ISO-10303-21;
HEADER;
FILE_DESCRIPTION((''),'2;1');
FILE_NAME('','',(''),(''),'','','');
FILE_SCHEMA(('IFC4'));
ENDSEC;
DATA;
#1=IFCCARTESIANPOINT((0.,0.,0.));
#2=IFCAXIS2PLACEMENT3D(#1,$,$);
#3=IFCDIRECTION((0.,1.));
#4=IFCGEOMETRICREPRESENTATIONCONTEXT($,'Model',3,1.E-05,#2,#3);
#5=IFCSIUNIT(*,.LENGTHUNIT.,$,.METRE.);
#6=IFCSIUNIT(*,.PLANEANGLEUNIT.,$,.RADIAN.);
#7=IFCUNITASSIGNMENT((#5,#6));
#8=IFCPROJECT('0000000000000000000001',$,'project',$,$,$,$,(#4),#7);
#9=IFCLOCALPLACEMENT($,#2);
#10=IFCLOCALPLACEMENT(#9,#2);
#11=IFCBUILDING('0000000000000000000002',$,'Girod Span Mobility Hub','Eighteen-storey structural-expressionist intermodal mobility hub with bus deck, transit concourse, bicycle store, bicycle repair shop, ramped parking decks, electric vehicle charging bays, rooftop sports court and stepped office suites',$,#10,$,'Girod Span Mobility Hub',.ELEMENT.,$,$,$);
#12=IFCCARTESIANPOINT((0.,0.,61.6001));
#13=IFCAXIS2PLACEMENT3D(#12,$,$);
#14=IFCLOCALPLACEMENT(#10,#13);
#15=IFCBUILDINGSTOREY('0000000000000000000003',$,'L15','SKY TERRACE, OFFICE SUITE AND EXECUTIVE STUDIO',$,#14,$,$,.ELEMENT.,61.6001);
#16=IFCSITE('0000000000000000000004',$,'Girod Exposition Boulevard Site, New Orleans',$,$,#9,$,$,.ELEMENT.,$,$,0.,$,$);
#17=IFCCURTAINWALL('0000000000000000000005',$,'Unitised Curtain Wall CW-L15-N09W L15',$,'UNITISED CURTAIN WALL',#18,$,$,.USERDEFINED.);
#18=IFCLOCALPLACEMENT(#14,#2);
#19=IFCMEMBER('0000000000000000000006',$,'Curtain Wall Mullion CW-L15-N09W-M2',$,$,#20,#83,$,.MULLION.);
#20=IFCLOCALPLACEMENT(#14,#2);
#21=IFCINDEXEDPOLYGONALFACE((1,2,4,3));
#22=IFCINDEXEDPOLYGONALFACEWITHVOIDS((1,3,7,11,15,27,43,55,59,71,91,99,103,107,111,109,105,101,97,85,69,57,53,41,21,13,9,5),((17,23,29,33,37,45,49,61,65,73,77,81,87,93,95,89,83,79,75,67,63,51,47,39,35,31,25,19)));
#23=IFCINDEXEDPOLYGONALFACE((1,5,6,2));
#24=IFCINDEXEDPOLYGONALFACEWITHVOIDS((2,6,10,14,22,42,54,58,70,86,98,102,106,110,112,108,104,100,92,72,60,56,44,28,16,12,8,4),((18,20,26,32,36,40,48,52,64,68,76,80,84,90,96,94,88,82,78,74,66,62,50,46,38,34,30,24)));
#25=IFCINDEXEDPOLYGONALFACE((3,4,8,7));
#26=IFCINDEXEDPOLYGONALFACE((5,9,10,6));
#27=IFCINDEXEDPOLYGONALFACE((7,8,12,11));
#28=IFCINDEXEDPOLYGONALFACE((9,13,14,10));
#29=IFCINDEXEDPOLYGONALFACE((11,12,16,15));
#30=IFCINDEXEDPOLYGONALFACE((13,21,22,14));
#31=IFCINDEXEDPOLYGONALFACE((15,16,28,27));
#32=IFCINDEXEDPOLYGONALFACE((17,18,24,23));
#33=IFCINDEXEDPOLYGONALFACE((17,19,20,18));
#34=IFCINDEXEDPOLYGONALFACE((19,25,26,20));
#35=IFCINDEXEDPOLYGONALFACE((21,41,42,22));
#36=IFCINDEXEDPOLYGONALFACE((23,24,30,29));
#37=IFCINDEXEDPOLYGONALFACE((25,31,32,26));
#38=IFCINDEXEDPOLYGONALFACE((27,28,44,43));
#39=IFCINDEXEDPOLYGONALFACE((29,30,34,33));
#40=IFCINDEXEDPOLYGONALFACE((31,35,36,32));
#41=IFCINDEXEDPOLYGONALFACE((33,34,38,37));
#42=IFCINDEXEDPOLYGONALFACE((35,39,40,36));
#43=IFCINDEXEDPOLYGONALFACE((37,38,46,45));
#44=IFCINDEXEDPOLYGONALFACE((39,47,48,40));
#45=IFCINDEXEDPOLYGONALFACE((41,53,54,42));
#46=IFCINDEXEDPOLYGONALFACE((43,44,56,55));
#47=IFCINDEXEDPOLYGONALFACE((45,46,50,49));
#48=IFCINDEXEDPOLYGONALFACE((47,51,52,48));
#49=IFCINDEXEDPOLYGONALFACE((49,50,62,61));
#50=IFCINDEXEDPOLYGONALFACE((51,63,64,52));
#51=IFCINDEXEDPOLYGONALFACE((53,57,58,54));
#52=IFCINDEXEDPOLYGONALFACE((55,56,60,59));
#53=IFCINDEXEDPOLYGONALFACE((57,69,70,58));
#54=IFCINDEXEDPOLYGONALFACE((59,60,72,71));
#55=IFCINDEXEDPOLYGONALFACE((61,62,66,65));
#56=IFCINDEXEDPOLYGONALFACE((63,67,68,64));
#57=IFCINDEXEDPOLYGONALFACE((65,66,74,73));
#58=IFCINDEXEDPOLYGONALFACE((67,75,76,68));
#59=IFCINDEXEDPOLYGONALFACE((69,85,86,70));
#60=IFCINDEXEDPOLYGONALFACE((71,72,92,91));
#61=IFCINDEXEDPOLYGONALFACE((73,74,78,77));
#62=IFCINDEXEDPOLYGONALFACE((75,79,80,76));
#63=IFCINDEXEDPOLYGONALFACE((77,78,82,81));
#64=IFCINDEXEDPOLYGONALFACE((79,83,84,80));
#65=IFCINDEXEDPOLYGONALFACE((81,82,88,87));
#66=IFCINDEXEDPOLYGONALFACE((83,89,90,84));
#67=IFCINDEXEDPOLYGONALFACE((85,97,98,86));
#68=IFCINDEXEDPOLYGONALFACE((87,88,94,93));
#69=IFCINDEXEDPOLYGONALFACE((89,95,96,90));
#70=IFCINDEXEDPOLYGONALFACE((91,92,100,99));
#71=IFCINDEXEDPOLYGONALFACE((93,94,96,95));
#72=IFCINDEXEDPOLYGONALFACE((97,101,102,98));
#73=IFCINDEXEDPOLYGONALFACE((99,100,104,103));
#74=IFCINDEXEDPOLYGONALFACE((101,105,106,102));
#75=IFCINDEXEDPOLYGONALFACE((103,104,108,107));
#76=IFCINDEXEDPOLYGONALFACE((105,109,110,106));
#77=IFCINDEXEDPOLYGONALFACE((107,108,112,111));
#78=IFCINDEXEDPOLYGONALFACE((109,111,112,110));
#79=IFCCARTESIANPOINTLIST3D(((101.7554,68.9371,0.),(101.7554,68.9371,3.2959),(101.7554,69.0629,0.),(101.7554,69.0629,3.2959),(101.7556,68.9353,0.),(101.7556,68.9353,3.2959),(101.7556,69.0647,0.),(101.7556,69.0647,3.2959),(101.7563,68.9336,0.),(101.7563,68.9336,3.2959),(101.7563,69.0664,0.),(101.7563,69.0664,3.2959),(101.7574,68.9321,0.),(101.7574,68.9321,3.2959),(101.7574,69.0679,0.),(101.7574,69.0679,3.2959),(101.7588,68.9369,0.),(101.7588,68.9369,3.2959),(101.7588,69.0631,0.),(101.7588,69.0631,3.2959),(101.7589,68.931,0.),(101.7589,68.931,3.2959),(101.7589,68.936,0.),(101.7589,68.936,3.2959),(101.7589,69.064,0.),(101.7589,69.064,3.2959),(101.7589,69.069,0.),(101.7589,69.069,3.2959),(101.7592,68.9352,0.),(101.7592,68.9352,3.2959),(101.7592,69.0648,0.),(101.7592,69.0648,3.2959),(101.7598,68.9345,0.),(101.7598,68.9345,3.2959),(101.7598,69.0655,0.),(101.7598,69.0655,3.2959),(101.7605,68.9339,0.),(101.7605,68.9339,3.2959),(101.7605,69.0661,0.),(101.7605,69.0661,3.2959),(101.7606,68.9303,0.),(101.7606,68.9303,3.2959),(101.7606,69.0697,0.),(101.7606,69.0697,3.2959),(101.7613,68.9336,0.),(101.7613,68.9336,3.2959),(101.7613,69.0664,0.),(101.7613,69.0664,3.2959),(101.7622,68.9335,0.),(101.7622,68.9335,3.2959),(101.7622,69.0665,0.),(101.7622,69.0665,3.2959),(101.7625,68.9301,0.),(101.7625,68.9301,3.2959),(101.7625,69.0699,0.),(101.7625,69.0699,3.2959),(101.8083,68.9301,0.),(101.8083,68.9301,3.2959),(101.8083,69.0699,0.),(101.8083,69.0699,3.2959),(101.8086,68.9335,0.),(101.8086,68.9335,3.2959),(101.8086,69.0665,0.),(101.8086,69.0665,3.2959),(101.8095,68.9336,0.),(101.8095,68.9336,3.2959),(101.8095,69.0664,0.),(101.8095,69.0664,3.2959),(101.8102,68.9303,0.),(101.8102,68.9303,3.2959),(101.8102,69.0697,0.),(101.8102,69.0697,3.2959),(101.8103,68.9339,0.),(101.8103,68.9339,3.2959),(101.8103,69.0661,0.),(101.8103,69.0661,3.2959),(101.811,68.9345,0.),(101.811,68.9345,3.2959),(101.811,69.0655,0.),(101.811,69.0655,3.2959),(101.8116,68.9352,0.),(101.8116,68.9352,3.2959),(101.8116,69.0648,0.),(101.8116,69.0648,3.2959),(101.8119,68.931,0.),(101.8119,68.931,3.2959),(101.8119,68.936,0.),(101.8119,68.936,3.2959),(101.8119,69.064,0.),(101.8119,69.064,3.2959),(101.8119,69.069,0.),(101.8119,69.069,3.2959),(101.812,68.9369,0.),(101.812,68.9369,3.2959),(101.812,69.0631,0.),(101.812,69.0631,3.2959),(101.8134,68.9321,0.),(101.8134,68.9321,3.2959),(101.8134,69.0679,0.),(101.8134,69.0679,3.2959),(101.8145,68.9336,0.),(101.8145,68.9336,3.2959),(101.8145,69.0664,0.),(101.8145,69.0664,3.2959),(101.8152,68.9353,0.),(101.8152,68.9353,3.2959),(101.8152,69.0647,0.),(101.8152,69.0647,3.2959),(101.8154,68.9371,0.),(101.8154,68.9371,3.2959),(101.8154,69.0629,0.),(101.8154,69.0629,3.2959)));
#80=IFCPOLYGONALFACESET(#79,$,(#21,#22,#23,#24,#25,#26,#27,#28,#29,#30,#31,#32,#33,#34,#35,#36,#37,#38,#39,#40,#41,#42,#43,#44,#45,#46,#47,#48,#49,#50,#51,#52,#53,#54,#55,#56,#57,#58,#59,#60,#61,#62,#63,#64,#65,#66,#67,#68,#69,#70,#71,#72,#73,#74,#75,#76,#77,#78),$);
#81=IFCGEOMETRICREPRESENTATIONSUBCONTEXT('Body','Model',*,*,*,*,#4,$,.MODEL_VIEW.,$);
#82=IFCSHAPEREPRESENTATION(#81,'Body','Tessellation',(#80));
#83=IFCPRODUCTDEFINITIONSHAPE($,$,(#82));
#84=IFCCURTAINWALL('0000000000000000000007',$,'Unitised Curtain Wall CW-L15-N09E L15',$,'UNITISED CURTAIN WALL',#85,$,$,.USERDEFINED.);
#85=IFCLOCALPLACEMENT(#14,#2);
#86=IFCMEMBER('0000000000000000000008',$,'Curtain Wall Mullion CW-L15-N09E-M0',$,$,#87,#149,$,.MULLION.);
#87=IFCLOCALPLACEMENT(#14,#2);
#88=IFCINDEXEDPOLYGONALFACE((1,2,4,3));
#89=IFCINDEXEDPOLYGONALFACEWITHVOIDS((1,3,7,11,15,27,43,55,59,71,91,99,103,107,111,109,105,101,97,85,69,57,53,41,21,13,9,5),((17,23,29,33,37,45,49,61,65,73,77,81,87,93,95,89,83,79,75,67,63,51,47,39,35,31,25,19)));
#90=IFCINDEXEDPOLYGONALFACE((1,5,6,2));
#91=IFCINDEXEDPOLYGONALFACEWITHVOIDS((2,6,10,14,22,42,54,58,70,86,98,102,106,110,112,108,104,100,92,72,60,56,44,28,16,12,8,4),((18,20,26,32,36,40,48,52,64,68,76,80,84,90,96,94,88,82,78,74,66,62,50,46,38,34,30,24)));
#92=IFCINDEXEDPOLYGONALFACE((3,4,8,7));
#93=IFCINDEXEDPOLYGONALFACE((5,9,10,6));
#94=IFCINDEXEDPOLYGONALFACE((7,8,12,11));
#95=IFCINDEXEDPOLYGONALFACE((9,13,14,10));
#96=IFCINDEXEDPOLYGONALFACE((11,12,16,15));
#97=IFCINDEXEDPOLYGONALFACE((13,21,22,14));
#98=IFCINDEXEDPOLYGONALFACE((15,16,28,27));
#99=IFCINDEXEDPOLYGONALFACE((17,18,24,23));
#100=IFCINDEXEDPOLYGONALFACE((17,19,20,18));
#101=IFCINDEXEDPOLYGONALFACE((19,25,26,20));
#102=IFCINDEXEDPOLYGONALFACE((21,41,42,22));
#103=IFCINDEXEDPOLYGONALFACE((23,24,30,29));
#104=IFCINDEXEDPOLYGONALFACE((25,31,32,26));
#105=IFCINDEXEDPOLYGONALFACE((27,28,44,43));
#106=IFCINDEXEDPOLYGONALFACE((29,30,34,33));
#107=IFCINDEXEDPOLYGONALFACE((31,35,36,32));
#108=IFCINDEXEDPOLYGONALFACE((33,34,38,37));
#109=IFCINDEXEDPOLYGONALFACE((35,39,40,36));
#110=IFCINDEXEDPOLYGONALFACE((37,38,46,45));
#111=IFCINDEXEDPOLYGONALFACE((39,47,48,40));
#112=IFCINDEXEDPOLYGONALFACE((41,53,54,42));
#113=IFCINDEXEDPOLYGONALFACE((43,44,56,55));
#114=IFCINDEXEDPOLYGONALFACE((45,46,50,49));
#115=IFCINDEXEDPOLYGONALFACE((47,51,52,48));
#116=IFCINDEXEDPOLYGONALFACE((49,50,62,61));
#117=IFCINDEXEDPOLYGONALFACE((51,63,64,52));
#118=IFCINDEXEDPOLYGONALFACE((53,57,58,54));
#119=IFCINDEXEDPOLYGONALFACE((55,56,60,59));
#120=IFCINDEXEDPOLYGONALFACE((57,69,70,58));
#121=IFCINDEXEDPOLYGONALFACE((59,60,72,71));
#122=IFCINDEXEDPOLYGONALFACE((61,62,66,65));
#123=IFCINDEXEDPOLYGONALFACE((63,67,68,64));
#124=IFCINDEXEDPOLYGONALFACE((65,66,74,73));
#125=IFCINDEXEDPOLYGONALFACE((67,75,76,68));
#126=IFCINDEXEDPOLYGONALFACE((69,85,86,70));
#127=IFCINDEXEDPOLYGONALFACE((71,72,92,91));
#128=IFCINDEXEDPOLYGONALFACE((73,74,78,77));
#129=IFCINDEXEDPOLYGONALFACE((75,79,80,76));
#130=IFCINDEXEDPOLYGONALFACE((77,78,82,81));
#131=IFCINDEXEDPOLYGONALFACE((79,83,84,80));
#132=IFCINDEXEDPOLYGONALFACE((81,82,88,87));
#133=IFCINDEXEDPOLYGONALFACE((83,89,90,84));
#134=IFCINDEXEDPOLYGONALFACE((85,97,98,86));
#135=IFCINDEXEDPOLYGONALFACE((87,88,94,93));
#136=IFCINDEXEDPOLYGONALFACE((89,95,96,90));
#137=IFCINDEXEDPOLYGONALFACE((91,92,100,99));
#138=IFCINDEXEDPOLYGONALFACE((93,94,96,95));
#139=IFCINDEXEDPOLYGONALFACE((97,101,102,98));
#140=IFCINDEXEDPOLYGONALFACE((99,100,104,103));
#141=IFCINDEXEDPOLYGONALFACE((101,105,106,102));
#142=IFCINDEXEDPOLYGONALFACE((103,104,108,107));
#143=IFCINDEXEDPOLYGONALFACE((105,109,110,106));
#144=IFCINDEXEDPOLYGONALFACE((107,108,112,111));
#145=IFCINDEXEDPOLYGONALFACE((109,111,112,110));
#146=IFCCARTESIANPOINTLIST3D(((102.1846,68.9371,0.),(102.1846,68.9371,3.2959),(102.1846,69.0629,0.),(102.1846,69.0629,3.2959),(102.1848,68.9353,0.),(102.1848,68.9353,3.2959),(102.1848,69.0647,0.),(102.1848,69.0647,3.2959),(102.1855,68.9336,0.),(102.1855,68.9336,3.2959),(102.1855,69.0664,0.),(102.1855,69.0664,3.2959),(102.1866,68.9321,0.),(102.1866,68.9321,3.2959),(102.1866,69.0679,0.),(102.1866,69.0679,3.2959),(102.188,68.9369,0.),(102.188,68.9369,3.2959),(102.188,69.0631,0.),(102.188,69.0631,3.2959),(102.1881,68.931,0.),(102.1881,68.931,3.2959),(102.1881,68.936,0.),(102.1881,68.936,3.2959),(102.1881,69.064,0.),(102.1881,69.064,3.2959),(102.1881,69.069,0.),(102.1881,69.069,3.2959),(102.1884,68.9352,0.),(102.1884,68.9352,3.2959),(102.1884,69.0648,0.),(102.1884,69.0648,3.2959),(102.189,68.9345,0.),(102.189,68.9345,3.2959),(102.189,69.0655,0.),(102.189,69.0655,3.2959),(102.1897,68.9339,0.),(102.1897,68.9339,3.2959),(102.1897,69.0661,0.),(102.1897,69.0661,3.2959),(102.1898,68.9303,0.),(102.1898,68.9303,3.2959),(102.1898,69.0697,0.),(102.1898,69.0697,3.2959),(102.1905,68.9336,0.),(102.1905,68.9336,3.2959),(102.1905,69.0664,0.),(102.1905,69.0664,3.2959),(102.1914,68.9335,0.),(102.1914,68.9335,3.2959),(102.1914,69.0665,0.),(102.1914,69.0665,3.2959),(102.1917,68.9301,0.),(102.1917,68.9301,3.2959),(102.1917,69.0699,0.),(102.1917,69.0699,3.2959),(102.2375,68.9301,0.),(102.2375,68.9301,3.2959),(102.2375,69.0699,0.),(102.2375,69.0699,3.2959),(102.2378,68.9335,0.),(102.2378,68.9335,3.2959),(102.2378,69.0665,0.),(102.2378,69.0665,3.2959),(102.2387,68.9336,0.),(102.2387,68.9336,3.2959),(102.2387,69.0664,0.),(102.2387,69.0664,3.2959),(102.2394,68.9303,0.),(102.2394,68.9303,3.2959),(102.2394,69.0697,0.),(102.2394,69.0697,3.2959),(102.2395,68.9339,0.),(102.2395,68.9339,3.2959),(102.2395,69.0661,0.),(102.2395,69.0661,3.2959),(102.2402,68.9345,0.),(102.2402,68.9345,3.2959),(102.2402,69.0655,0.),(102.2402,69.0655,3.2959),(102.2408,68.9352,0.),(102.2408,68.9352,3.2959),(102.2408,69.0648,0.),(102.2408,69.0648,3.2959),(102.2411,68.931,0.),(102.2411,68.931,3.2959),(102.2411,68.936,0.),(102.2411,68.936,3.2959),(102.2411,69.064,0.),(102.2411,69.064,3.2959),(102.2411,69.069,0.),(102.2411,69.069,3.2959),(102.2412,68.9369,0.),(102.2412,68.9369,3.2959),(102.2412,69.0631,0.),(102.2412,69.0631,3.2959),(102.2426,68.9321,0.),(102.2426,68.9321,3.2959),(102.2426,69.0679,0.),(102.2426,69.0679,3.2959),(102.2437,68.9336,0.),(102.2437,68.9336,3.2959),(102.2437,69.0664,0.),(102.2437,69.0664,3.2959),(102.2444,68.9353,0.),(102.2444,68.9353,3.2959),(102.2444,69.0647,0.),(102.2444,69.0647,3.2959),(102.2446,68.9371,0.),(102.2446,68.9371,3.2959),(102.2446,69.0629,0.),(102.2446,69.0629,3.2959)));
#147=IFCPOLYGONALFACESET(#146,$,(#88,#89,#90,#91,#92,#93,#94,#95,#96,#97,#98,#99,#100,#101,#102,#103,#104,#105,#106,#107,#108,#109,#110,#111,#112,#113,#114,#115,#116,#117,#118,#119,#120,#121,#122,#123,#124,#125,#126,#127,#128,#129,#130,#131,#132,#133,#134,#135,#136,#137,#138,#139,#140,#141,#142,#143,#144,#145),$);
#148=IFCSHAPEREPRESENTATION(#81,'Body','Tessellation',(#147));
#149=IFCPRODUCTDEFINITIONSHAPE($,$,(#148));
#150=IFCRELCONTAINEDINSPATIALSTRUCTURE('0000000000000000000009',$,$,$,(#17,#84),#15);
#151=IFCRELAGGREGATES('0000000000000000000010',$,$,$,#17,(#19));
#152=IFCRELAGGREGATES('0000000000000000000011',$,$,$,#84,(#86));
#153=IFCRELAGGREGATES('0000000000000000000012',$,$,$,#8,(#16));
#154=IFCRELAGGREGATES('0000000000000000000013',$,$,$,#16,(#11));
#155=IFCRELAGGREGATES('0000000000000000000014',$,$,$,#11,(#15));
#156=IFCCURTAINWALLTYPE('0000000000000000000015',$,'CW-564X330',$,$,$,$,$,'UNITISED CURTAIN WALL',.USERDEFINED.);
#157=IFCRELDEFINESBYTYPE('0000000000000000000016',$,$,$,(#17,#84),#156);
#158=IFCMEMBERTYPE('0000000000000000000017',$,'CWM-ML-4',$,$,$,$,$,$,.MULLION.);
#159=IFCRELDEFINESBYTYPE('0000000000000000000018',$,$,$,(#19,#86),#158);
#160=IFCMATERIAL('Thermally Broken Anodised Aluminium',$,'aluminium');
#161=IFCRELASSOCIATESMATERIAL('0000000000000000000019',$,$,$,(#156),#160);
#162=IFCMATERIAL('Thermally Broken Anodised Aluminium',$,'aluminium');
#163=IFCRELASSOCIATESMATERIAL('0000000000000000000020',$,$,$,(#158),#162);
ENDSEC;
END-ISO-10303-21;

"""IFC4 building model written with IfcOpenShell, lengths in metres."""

from ifc_helpers import new_model, si_unit, direction, frame, origin, origin_2d, place, context, subcontext, project, spatial, hollow_rectangle, extrude, material, material_profile, profile_set, type_object, element, aggregate, save


model = new_model("IFC4")

# Units and contexts
model_context = context("Model", 3, precision=1e-05, world=origin(), true_north=direction((0.0, 1.0)))
body_context = subcontext(model_context, "Body", "Model", "MODEL_VIEW")
ifc_project = project(units=[si_unit("LENGTHUNIT", "METRE"), si_unit("PLANEANGLEUNIT", "RADIAN")], contexts=[model_context])

# Site, building, storey
site_placement = place(None, origin())
site = spatial("IfcSite", under=ifc_project, at=site_placement, Name="Girod Exposition Boulevard Site, New Orleans", CompositionType="ELEMENT", RefElevation=0.0)
building_placement = place(site_placement, origin())
building = spatial("IfcBuilding", under=site, at=building_placement, Name="Girod Span Mobility Hub", Description="Eighteen-storey structural-expressionist intermodal mobility hub with bus deck, transit concourse, bicycle store, bicycle repair shop, ramped parking decks, electric vehicle charging bays, rooftop sports court and stepped office suites", LongName="Girod Span Mobility Hub", CompositionType="ELEMENT")
storey_placement = place(building_placement, frame((0.0, 0.0, 61.6001)))
storey = spatial("IfcBuildingStorey", under=building, at=storey_placement, Name="L15", Description="SKY TERRACE, OFFICE SUITE AND EXECUTIVE STUDIO", CompositionType="ELEMENT", Elevation=61.6001)

# Curtain walls, members
ifc_material_1 = material(Name="Thermally Broken Anodised Aluminium", Category="aluminium")
curtain_wall_type = type_object("IfcCurtainWallType", Name="CW-564X330", ElementType="UNITISED CURTAIN WALL", PredefinedType="USERDEFINED", material=ifc_material_1)
curtain_wall_1_placement = place(storey_placement, origin())
curtain_wall_1 = element("IfcCurtainWall", 1, at=curtain_wall_1_placement, inside=storey, type_object=curtain_wall_type, Name="Unitised Curtain Wall CW-L15-N09W L15", ObjectType="UNITISED CURTAIN WALL", PredefinedType="USERDEFINED")
ifc_material_2 = material(Name="Thermally Broken Anodised Aluminium", Category="aluminium")
ifc_material_profile_1 = material_profile(ifc_material_2, hollow_rectangle(XDim=0.1399, YDim=0.0601, WallThickness=0.0034, InnerFilletRadius=0.0034, OuterFilletRadius=0.0071, at=origin_2d()), Name="CW-ML-60X140")
ifc_profile_set_1 = profile_set([ifc_material_profile_1], Name="Thermally Broken Anodised Aluminium")
member_type_1 = type_object("IfcMemberType", Name="CWM-ML-4", PredefinedType="MULLION", material=ifc_profile_set_1)
member_1_placement = place(storey_placement, frame((101.7854, 69.0, 0.0), z_axis=(0.0, 0.0, 1.0), x_axis=(0.0, 1.0, 0.0)))
member_1 = element("IfcMember", 2, at=member_1_placement, type_object=member_type_1, Name="Curtain Wall Mullion CW-L15-N09W-M2", PredefinedType="MULLION", context=body_context, shape_type="SweptSolid", body=[
    extrude(hollow_rectangle(XDim=0.1399, YDim=0.0601, WallThickness=0.0034, InnerFilletRadius=0.0034, OuterFilletRadius=0.0071, at=origin_2d()), origin(), (0.0, 0.0, 1.0), 3.2959),
])
curtain_wall_2_placement = place(storey_placement, origin())
curtain_wall_2 = element("IfcCurtainWall", 3, at=curtain_wall_2_placement, inside=storey, type_object=curtain_wall_type, Name="Unitised Curtain Wall CW-L15-N09E L15", ObjectType="UNITISED CURTAIN WALL", PredefinedType="USERDEFINED")
member_2_placement = place(storey_placement, frame((102.2146, 69.0, 0.0), z_axis=(0.0, 0.0, 1.0), x_axis=(0.0, 1.0, 0.0)))
member_2 = element("IfcMember", 4, at=member_2_placement, type_object=member_type_1, Name="Curtain Wall Mullion CW-L15-N09E-M0", PredefinedType="MULLION", context=body_context, shape_type="SweptSolid", body=[
    extrude(hollow_rectangle(XDim=0.1399, YDim=0.0601, WallThickness=0.0034, InnerFilletRadius=0.0034, OuterFilletRadius=0.0071, at=origin_2d()), origin(), (0.0, 0.0, 1.0), 3.2959),
])

aggregate(curtain_wall_1, [member_1])
aggregate(curtain_wall_2, [member_2])

save(model, "model.ifc")
